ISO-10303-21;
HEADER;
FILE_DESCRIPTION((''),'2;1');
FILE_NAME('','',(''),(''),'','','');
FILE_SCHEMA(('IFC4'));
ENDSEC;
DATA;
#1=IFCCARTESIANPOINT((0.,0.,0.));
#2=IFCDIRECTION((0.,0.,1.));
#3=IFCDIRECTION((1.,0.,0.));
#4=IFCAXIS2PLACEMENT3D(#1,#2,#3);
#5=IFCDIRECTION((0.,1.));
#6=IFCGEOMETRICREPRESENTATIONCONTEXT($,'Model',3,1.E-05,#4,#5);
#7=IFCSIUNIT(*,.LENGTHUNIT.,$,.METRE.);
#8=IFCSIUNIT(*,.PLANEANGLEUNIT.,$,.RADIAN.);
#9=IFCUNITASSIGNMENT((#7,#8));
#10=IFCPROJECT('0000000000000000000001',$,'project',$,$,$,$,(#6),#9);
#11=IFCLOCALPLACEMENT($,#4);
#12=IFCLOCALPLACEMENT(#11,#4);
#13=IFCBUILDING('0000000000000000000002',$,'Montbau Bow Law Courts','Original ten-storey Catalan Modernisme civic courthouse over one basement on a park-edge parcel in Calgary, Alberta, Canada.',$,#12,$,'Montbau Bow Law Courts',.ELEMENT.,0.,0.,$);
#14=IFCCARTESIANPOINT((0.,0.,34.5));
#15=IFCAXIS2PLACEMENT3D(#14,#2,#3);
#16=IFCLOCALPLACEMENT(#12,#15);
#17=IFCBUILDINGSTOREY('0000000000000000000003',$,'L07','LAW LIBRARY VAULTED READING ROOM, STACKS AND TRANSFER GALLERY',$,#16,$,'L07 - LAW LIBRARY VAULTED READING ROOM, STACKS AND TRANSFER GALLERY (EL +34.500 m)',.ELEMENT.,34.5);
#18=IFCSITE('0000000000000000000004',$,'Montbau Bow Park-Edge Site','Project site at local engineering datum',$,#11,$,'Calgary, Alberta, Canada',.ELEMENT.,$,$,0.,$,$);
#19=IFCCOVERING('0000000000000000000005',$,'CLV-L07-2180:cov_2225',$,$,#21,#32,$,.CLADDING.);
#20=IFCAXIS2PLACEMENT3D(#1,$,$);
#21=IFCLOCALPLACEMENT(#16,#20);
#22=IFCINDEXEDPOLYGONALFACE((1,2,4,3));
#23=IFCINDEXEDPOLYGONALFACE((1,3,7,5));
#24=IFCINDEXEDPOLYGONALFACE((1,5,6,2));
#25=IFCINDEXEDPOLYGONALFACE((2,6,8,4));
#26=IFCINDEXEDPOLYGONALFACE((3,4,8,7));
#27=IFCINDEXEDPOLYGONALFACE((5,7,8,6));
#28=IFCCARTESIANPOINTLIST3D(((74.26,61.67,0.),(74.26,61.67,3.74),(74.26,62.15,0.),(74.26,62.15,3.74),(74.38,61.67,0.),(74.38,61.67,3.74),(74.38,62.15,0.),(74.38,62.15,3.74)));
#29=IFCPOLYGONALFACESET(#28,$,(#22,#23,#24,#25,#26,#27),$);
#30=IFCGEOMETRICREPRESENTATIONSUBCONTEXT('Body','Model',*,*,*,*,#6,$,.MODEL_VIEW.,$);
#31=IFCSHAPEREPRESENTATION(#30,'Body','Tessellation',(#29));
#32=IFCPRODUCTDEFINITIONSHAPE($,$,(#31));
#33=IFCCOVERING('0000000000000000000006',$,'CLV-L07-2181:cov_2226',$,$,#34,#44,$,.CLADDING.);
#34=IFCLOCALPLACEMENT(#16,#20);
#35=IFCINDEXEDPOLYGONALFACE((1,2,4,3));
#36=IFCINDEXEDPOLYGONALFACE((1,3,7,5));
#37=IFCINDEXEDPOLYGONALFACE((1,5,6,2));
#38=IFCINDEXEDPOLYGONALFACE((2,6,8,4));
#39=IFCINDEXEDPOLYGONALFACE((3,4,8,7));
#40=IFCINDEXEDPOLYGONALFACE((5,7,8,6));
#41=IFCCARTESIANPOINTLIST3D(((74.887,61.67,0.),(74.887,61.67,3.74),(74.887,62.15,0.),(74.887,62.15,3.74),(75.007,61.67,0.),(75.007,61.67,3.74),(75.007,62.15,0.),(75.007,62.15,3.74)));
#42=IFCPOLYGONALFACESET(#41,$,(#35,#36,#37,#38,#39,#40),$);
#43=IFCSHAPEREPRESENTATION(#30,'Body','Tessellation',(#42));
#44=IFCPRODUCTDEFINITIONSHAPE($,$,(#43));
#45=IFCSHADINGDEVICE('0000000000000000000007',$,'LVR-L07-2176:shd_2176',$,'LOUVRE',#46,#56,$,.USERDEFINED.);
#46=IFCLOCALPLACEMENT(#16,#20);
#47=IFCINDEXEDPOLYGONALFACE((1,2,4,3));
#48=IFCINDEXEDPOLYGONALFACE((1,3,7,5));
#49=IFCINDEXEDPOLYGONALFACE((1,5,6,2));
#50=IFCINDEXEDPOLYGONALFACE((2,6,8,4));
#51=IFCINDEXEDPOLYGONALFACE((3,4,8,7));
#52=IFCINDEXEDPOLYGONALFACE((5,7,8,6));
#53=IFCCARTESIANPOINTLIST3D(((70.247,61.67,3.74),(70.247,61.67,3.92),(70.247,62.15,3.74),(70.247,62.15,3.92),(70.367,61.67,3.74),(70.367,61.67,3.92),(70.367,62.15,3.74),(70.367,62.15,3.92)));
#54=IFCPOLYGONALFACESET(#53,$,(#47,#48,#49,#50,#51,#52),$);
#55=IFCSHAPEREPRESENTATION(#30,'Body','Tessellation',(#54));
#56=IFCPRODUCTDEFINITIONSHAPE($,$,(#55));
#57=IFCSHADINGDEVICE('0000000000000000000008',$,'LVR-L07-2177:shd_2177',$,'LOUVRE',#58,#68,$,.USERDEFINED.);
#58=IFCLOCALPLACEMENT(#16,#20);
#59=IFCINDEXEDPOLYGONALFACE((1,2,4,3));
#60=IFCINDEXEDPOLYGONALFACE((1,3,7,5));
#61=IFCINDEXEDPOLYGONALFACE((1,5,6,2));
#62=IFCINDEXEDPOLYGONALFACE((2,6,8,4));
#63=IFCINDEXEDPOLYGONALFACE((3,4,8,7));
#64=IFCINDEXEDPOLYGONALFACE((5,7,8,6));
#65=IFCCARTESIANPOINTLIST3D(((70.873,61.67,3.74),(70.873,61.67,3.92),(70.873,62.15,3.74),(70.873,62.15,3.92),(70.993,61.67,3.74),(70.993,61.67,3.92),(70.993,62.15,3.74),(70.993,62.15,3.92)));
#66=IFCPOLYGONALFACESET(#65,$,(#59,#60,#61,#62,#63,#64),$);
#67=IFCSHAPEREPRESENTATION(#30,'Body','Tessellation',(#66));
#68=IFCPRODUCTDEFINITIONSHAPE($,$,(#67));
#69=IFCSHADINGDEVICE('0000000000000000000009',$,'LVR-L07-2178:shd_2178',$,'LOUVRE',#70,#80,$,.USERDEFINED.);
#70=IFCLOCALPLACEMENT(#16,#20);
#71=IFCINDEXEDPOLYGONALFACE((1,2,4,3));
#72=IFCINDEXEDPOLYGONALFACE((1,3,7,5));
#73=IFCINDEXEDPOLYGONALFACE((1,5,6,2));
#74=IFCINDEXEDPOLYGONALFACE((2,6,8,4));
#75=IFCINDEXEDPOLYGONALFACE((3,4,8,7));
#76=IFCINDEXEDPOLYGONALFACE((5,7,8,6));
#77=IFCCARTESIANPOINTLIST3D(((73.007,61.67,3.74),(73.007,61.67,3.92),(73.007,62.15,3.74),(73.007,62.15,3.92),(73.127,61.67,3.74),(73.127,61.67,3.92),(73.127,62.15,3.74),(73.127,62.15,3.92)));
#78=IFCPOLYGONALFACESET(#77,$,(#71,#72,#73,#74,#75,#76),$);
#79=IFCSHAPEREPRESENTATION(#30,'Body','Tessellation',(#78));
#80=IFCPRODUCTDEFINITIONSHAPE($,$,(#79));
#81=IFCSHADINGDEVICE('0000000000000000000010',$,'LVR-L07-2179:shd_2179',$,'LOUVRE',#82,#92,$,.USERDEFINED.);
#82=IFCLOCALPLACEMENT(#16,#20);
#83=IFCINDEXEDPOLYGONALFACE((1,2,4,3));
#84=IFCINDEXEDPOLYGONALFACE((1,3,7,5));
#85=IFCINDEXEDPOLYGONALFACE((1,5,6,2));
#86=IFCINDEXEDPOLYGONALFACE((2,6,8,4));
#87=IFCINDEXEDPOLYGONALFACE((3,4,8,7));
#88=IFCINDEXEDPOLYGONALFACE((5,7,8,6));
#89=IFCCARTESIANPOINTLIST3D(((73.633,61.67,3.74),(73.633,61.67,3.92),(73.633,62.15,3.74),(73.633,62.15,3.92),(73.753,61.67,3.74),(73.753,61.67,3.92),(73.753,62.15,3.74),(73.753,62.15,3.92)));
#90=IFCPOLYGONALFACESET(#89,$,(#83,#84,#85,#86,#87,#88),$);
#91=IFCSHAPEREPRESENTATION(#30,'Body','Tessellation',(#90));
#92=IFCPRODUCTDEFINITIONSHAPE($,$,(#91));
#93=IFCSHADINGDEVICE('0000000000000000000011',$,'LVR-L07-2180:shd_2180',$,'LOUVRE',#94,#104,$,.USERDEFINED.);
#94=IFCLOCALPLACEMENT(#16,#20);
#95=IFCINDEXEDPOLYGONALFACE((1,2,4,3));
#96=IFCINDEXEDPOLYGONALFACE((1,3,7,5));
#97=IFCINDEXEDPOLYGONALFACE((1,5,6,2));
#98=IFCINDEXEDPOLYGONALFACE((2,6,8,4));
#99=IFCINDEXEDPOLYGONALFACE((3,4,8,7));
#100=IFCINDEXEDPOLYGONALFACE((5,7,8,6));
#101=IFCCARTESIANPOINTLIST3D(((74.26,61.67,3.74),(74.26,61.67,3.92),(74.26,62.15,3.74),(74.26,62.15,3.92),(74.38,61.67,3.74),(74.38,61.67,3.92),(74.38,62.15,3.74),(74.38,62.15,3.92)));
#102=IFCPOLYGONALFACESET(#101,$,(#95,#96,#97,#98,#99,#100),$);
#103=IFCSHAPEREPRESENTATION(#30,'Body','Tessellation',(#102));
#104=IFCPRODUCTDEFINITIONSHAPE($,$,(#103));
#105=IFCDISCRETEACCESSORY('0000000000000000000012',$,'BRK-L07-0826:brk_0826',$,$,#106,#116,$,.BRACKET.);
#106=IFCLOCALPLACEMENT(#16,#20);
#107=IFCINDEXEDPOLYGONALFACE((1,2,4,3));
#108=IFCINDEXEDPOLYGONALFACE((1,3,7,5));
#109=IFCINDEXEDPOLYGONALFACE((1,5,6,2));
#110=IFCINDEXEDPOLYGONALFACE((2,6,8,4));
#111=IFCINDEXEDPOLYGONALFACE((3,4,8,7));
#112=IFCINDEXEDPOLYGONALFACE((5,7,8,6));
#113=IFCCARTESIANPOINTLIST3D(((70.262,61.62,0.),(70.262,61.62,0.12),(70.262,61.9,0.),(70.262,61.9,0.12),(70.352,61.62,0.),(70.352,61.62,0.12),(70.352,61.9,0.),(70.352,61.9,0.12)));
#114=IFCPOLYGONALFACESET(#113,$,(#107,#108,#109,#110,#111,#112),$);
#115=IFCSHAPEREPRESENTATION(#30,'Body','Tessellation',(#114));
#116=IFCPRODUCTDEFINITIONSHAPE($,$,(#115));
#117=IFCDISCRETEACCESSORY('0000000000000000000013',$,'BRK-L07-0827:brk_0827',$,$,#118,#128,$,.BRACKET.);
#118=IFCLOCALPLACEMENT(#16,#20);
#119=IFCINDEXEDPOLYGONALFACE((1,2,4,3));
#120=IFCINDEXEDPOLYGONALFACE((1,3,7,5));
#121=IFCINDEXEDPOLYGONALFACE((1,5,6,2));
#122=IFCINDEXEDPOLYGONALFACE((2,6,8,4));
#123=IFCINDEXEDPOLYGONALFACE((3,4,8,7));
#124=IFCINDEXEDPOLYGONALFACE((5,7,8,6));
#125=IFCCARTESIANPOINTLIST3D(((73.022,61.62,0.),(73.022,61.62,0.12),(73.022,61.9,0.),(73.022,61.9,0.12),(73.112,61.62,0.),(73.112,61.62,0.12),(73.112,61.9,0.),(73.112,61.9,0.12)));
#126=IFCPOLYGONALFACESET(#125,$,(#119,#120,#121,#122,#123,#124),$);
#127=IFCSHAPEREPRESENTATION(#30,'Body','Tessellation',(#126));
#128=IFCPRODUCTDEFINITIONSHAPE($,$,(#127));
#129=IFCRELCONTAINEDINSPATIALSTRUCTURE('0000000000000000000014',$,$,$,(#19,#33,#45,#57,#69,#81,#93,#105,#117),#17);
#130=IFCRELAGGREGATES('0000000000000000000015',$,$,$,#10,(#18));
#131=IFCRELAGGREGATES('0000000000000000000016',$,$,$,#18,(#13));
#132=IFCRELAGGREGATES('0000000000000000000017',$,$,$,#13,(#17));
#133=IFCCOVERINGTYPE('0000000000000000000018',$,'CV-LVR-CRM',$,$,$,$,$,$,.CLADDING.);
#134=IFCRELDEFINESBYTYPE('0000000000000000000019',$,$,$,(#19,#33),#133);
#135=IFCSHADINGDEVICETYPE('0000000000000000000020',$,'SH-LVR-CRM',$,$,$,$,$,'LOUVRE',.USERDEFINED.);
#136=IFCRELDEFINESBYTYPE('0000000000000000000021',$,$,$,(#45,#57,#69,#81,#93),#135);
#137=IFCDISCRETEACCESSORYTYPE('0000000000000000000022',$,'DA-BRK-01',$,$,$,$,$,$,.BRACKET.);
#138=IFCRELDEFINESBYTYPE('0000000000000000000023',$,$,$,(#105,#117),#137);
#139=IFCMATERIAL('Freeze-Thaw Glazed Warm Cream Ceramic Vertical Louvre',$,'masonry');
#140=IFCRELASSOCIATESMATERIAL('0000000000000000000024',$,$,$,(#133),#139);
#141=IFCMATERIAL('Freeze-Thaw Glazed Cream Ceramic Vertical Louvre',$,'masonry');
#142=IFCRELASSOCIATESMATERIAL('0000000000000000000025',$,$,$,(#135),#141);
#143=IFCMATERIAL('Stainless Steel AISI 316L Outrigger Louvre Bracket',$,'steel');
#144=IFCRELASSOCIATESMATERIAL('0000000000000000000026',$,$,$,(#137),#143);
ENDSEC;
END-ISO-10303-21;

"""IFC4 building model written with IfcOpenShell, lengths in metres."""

from ifc_helpers import new_model, si_unit, direction, frame, frame_2d, origin_with_axes, origin_2d_with_axis, place, context, subcontext, project, spatial, rectangle, extrude, material, type_object, element, save


model = new_model("IFC4")

# Units and contexts
model_context = context("Model", 3, precision=1e-05, world=origin_with_axes(), true_north=direction((0.0, 1.0)))
body_context = subcontext(model_context, "Body", "Model", "MODEL_VIEW")
ifc_project = project(units=[si_unit("LENGTHUNIT", "METRE"), si_unit("PLANEANGLEUNIT", "RADIAN")], contexts=[model_context])

# Site, building, storey
site_placement = place(None, origin_with_axes())
site = spatial("IfcSite", under=ifc_project, at=site_placement, Name="Montbau Bow Park-Edge Site", Description="Project site at local engineering datum", LongName="Calgary, Alberta, Canada", CompositionType="ELEMENT", RefElevation=0.0)
building_placement = place(site_placement, origin_with_axes())
building = spatial("IfcBuilding", under=site, at=building_placement, Name="Montbau Bow Law Courts", Description="Original ten-storey Catalan Modernisme civic courthouse over one basement on a park-edge parcel in Calgary, Alberta, Canada.", LongName="Montbau Bow Law Courts", CompositionType="ELEMENT", ElevationOfRefHeight=0.0, ElevationOfTerrain=0.0)
storey_placement = place(building_placement, frame((0.0, 0.0, 34.5), z_axis=(0.0, 0.0, 1.0), x_axis=(1.0, 0.0, 0.0)))
storey = spatial("IfcBuildingStorey", under=building, at=storey_placement, Name="L07", Description="LAW LIBRARY VAULTED READING ROOM, STACKS AND TRANSFER GALLERY", LongName="L07 - LAW LIBRARY VAULTED READING ROOM, STACKS AND TRANSFER GALLERY (EL +34.500 m)", CompositionType="ELEMENT", Elevation=34.5)

# Coverings
ifc_material_1 = material(Name="Freeze-Thaw Glazed Warm Cream Ceramic Vertical Louvre", Category="masonry")
covering_type = type_object("IfcCoveringType", Name="CV-LVR-CRM", PredefinedType="CLADDING", material=ifc_material_1)
for number, where, z_axis, x_axis, name in (
    (1, (74.32, 61.67, 34.5), (1.0, 0.0, 0.0), (0.0, 1.0, 0.0), "CLV-L07-2180:cov_2225"),
    (2, (74.947, 61.67, 34.5), (1.0, 0.0, 0.0), (0.0, 1.0, 0.0), "CLV-L07-2181:cov_2226"),
):
    element("IfcCovering", number, at=place(None, frame(where, z_axis=z_axis, x_axis=x_axis)), inside=storey, type_object=covering_type, Name=name, PredefinedType="CLADDING", context=body_context, shape_type="SweptSolid", body=[
        extrude(rectangle(XDim=0.48, YDim=3.74, at=frame_2d((0.24, 1.87), x_axis=(1.0, 0.0))), frame((0.0, 0.0, -0.06), z_axis=(0.0, 0.0, 1.0), x_axis=(1.0, 0.0, 0.0)), (0.0, 0.0, 1.0), 0.12),
    ])

# Shading devices
ifc_material_2 = material(Name="Freeze-Thaw Glazed Cream Ceramic Vertical Louvre", Category="masonry")
shading_device_type = type_object("IfcShadingDeviceType", Name="SH-LVR-CRM", ElementType="LOUVRE", PredefinedType="USERDEFINED", material=ifc_material_2)
for number, where, z_axis, x_axis, name in (
    (3, (70.307, 61.91, 38.24), (0.0, 0.0, 1.0), (0.0, 1.0, 0.0), "LVR-L07-2176:shd_2176"),
    (4, (70.933, 61.91, 38.24), (0.0, 0.0, 1.0), (0.0, 1.0, 0.0), "LVR-L07-2177:shd_2177"),
    (5, (73.067, 61.91, 38.24), (0.0, 0.0, 1.0), (0.0, 1.0, 0.0), "LVR-L07-2178:shd_2178"),
    (6, (73.693, 61.91, 38.24), (0.0, 0.0, 1.0), (0.0, 1.0, 0.0), "LVR-L07-2179:shd_2179"),
    (7, (74.32, 61.91, 38.24), (0.0, 0.0, 1.0), (0.0, 1.0, 0.0), "LVR-L07-2180:shd_2180"),
):
    element("IfcShadingDevice", number, at=place(None, frame(where, z_axis=z_axis, x_axis=x_axis)), inside=storey, type_object=shading_device_type, Name=name, ObjectType="LOUVRE", PredefinedType="USERDEFINED", context=body_context, shape_type="SweptSolid", body=[
        extrude(rectangle(XDim=0.48, YDim=0.12, at=origin_2d_with_axis()), origin_with_axes(), (0.0, 0.0, 1.0), 0.18),
    ])

# Discrete accessories
ifc_material_3 = material(Name="Stainless Steel AISI 316L Outrigger Louvre Bracket", Category="steel")
discrete_accessory_type = type_object("IfcDiscreteAccessoryType", Name="DA-BRK-01", PredefinedType="BRACKET", material=ifc_material_3)
for number, where, z_axis, x_axis, name in (
    (8, (70.307, 61.76, 34.5), (0.0, 0.0, 1.0), (0.0, 1.0, 0.0), "BRK-L07-0826:brk_0826"),
    (9, (73.067, 61.76, 34.5), (0.0, 0.0, 1.0), (0.0, 1.0, 0.0), "BRK-L07-0827:brk_0827"),
):
    element("IfcDiscreteAccessory", number, at=place(None, frame(where, z_axis=z_axis, x_axis=x_axis)), inside=storey, type_object=discrete_accessory_type, Name=name, PredefinedType="BRACKET", context=body_context, shape_type="SweptSolid", body=[
        extrude(rectangle(XDim=0.28, YDim=0.09, at=origin_2d_with_axis()), origin_with_axes(), (0.0, 0.0, 1.0), 0.12),
    ])

save(model, "model.ifc")
